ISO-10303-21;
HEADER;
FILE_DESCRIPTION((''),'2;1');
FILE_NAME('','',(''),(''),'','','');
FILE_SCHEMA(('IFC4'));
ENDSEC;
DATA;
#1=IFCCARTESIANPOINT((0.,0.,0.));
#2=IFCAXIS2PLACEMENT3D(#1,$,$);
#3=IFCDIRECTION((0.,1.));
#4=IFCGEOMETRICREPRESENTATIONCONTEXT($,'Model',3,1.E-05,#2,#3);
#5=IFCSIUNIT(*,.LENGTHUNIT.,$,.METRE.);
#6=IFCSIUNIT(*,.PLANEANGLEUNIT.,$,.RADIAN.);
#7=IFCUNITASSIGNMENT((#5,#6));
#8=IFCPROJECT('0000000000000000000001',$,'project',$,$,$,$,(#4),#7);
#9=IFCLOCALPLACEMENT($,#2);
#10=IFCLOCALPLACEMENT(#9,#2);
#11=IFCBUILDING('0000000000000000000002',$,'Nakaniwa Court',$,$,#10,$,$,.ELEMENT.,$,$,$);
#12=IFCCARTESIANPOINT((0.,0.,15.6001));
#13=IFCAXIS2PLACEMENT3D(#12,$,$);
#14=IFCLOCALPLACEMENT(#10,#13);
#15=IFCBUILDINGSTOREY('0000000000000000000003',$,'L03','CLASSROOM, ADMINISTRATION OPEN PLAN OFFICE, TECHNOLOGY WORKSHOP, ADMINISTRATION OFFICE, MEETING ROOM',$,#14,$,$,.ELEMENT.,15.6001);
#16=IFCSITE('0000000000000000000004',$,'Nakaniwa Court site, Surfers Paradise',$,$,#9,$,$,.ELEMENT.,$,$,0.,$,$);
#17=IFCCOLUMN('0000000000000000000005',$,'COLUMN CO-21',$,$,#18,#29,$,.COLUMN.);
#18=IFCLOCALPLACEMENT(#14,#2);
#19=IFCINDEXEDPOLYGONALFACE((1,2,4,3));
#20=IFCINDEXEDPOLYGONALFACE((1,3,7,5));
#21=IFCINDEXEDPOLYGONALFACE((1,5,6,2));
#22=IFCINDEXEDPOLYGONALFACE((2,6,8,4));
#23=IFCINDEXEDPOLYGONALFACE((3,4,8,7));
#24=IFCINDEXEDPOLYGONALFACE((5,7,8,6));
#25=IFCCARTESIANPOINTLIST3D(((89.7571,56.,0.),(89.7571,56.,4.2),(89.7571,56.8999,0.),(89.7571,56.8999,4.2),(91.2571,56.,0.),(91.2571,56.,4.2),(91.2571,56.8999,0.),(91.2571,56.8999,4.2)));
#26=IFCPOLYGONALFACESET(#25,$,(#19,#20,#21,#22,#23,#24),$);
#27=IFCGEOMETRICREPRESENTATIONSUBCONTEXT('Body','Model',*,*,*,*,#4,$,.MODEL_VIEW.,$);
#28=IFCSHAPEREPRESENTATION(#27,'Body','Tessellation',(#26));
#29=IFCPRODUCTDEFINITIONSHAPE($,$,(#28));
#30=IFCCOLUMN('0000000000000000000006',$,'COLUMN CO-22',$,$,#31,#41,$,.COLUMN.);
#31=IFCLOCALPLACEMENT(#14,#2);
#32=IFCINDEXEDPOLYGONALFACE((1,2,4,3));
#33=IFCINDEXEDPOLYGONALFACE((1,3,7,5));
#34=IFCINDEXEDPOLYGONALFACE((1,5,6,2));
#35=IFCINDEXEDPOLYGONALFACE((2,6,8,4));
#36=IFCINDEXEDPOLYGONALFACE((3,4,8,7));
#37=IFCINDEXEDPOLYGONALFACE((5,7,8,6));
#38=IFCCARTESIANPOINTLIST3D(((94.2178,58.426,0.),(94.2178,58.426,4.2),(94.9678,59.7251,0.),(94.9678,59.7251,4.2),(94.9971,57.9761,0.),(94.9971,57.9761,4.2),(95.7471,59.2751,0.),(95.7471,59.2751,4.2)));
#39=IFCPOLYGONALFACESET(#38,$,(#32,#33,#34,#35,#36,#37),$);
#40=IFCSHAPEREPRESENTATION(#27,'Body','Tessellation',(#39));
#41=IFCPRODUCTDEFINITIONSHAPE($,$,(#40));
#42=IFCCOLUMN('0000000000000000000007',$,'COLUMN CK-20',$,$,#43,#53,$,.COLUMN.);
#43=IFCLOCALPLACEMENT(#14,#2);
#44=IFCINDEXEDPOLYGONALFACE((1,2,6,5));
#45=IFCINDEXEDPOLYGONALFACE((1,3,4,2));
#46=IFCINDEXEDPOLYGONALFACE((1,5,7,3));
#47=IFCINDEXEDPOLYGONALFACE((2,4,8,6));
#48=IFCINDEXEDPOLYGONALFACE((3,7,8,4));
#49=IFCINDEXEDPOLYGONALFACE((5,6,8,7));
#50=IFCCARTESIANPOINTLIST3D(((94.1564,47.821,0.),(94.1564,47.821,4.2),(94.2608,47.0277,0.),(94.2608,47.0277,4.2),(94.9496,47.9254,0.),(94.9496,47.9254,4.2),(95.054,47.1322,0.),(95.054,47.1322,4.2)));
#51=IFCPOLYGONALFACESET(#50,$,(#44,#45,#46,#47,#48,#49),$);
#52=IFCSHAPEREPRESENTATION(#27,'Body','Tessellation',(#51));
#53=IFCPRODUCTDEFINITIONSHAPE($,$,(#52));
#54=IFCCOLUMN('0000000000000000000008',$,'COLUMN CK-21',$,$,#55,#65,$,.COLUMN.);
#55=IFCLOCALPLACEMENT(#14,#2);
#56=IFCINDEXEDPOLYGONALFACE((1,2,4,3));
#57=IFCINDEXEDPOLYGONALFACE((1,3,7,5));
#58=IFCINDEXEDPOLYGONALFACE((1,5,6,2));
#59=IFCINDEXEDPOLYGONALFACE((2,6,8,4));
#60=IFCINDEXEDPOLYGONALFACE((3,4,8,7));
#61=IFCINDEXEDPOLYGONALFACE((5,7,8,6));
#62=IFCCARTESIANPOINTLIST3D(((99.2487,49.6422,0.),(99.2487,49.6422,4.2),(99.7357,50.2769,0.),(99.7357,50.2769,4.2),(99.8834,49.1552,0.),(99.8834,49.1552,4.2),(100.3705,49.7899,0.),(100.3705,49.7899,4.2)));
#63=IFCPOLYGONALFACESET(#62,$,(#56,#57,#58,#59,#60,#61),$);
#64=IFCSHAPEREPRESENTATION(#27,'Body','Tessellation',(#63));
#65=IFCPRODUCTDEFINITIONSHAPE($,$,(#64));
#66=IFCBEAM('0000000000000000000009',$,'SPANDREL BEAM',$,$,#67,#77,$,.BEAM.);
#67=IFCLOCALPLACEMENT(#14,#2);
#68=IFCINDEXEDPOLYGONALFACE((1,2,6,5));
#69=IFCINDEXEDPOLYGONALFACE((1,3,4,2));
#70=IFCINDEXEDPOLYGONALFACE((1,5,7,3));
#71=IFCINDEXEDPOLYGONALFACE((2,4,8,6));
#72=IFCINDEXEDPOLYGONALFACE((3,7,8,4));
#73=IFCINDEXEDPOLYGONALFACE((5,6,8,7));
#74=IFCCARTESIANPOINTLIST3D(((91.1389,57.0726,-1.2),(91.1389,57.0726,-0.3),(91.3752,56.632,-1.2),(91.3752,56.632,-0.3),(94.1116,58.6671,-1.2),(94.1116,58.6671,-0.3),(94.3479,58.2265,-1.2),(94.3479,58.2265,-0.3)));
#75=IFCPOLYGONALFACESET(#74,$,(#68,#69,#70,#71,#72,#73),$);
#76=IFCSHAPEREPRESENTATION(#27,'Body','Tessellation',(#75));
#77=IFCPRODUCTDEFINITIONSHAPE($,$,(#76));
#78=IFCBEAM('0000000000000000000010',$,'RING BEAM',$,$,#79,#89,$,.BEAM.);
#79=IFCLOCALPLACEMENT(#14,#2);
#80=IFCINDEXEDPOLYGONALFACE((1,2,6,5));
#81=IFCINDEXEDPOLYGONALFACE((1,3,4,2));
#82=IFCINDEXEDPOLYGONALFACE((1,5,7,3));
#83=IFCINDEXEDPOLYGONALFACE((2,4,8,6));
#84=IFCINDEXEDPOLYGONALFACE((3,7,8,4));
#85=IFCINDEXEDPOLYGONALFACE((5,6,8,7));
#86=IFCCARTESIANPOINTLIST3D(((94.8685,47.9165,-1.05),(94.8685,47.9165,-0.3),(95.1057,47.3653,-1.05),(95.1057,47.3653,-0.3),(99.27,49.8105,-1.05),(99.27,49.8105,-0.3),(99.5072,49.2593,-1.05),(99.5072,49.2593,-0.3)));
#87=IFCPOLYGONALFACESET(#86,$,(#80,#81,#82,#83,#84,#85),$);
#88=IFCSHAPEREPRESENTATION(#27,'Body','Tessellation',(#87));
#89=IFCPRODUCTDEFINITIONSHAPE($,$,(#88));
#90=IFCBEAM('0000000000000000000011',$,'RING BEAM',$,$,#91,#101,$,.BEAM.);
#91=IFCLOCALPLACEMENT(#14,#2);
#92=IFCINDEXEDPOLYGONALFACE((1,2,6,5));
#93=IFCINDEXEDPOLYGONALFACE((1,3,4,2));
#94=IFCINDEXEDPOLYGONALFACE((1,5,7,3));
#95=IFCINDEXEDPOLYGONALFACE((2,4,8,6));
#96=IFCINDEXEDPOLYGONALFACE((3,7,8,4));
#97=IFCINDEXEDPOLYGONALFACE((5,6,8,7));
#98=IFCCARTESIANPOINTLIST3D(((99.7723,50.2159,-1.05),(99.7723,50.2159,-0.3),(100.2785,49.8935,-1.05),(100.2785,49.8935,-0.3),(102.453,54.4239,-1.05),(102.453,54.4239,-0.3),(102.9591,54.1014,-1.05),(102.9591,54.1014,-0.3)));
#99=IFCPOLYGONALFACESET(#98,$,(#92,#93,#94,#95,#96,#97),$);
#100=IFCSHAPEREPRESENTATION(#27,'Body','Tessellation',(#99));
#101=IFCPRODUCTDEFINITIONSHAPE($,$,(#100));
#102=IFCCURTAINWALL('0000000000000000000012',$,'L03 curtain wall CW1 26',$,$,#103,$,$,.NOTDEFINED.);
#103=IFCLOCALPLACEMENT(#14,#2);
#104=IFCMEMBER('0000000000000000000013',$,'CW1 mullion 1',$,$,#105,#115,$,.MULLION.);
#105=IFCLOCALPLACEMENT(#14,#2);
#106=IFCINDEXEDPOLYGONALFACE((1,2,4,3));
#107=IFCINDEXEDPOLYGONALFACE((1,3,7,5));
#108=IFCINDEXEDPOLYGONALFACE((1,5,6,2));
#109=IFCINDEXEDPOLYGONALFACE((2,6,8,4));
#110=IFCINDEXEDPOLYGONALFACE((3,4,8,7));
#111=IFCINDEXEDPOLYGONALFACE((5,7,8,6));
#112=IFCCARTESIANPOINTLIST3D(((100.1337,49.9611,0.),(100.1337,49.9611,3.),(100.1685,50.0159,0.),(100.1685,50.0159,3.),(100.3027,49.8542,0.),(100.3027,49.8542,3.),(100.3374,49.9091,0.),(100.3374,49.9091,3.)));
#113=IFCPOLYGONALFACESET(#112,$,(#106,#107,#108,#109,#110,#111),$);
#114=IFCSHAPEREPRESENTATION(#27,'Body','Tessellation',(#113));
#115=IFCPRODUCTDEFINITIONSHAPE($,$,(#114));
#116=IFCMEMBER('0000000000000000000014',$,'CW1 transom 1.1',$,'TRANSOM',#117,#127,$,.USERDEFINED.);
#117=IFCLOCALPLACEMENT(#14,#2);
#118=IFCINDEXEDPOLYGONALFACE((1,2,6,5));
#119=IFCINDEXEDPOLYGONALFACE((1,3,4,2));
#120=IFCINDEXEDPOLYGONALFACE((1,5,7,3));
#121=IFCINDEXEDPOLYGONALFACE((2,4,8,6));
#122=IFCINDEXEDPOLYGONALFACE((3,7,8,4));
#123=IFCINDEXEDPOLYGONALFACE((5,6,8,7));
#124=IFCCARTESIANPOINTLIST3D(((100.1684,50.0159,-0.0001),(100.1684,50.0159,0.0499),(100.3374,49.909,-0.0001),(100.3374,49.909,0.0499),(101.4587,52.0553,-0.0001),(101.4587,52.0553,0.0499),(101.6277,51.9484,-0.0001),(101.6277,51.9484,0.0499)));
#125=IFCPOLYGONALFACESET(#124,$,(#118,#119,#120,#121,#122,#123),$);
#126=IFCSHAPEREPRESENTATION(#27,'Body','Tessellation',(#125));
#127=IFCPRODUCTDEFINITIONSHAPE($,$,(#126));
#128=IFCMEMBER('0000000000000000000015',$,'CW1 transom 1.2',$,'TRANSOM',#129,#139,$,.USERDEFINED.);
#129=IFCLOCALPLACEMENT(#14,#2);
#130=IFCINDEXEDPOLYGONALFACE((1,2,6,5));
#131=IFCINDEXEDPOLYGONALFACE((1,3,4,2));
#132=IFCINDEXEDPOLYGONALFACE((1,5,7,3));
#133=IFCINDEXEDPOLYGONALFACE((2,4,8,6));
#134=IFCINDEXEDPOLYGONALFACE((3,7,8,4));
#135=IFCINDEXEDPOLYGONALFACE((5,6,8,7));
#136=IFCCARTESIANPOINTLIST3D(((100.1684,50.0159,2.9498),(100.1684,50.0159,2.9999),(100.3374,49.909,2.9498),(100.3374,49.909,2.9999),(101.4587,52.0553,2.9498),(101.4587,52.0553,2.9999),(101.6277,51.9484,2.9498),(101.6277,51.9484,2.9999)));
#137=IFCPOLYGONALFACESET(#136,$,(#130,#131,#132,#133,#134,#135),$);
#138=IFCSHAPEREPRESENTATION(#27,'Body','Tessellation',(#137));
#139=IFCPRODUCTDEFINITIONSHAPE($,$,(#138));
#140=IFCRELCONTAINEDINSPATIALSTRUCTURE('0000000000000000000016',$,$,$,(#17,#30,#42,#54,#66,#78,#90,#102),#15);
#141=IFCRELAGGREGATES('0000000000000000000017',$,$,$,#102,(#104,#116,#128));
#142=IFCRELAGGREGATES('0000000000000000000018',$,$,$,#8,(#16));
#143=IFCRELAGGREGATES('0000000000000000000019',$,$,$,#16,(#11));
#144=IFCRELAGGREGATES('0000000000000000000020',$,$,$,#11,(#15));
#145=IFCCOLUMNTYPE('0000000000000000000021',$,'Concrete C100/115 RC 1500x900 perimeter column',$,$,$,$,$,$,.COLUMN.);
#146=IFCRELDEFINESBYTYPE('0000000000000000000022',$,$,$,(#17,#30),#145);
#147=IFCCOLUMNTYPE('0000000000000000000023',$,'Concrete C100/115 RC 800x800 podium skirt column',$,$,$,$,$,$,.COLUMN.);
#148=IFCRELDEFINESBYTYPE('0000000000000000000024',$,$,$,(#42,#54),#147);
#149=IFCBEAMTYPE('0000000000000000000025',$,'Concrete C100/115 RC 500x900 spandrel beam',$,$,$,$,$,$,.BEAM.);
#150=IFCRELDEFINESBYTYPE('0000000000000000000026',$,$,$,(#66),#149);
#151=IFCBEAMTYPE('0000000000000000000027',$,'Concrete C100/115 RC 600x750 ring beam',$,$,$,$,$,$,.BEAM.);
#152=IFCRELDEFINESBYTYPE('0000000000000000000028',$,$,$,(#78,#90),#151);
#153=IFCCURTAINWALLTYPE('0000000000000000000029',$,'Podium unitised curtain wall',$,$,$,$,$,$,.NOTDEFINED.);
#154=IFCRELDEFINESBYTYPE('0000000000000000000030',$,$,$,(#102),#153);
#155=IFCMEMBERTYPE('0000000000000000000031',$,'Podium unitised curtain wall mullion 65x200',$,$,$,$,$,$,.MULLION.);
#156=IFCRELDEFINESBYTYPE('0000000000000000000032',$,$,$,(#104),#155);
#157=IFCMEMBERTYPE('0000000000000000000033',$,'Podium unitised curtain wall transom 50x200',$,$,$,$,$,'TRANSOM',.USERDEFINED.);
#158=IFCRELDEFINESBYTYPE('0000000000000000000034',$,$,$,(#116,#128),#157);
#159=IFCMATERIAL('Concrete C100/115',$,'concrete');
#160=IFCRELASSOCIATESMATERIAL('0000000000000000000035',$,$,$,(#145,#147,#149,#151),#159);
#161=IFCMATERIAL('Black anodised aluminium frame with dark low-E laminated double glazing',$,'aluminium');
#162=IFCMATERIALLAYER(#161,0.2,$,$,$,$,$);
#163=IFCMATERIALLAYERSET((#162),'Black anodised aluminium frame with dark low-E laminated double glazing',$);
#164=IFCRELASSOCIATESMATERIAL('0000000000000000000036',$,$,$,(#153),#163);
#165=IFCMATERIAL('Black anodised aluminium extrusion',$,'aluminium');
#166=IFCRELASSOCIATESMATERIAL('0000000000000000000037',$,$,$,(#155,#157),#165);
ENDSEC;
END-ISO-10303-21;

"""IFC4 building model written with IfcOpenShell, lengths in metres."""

from ifc_helpers import new_model, si_unit, direction, frame, origin, origin_2d, place, context, subcontext, project, spatial, rectangle, extrude, material, layer, layer_set, material_profile, profile_set, type_object, element, aggregate, save


model = new_model("IFC4")

# Units and contexts
model_context = context("Model", 3, precision=1e-05, world=origin(), true_north=direction((0.0, 1.0)))
body_context = subcontext(model_context, "Body", "Model", "MODEL_VIEW")
ifc_project = project(units=[si_unit("LENGTHUNIT", "METRE"), si_unit("PLANEANGLEUNIT", "RADIAN")], contexts=[model_context])

# Site, building, storey
site_placement = place(None, origin())
site = spatial("IfcSite", under=ifc_project, at=site_placement, Name="Nakaniwa Court site, Surfers Paradise", CompositionType="ELEMENT", RefElevation=0.0)
building_placement = place(site_placement, origin())
building = spatial("IfcBuilding", under=site, at=building_placement, Name="Nakaniwa Court", CompositionType="ELEMENT")
storey_placement = place(building_placement, frame((0.0, 0.0, 15.6001)))
storey = spatial("IfcBuildingStorey", under=building, at=storey_placement, Name="L03", Description="CLASSROOM, ADMINISTRATION OPEN PLAN OFFICE, TECHNOLOGY WORKSHOP, ADMINISTRATION OFFICE, MEETING ROOM", CompositionType="ELEMENT", Elevation=15.6001)

# Columns
ifc_material_1 = material(Name="Concrete C100/115", Category="concrete")
ifc_material_profile_1 = material_profile(ifc_material_1, rectangle(XDim=1.5, YDim=0.8999, at=origin_2d()), Name="Concrete C100/115 RC 1500x900 perimeter column")
ifc_profile_set_1 = profile_set([ifc_material_profile_1], Name="Concrete C100/115")
column_type_1 = type_object("IfcColumnType", Name="Concrete C100/115 RC 1500x900 perimeter column", PredefinedType="COLUMN", material=ifc_profile_set_1)
for number, where, z_axis, x_axis, name in (
    (1, (90.5071, 56.45, 0.0), (0.0, 0.0, 1.0), (1.0, 0.0, 0.0), "COLUMN CO-21"),
    (2, (94.9824, 58.8506, 0.0), (0.0, 0.0, 1.0), (0.5, 0.866025, 0.0), "COLUMN CO-22"),
):
    element("IfcColumn", number, at=place(storey_placement, frame(where, z_axis=z_axis, x_axis=x_axis)), inside=storey, type_object=column_type_1, Name=name, PredefinedType="COLUMN", context=body_context, shape_type="SweptSolid", body=[
        extrude(rectangle(XDim=1.5, YDim=0.8999, at=origin_2d()), origin(), (0.0, 0.0, 1.0), 4.2),
    ])
ifc_material_profile_2 = material_profile(ifc_material_1, rectangle(XDim=0.8, YDim=0.8, at=origin_2d()), Name="Concrete C100/115 RC 800x800 podium skirt column")
ifc_profile_set_2 = profile_set([ifc_material_profile_2], Name="Concrete C100/115")
column_type_2 = type_object("IfcColumnType", Name="Concrete C100/115 RC 800x800 podium skirt column", PredefinedType="COLUMN", material=ifc_profile_set_2)
for number, where, z_axis, x_axis, name in (
    (3, (94.6052, 47.4766, 0.0), (0.0, 0.0, 1.0), (0.991445, 0.130526, 0.0), "COLUMN CK-20"),
    (4, (99.8096, 49.7161, 0.0), (0.0, 0.0, 1.0), (0.608761, 0.793353, 0.0), "COLUMN CK-21"),
):
    element("IfcColumn", number, at=place(storey_placement, frame(where, z_axis=z_axis, x_axis=x_axis)), inside=storey, type_object=column_type_2, Name=name, PredefinedType="COLUMN", context=body_context, shape_type="SweptSolid", body=[
        extrude(rectangle(XDim=0.8, YDim=0.8, at=origin_2d()), origin(), (0.0, 0.0, 1.0), 4.2),
    ])

# Beams
ifc_material_profile_3 = material_profile(ifc_material_1, rectangle(XDim=0.5, YDim=0.8999, at=origin_2d()), Name="Concrete C100/115 RC 500x900 spandrel beam")
ifc_profile_set_3 = profile_set([ifc_material_profile_3], Name="Concrete C100/115")
beam_type_1 = type_object("IfcBeamType", Name="Concrete C100/115 RC 500x900 spandrel beam", PredefinedType="BEAM", material=ifc_profile_set_3)
beam_1_placement = place(storey_placement, frame((91.2571, 56.8523, -0.75), z_axis=(0.881235, 0.472679, 0.0), x_axis=(-0.472679, 0.881235, 0.0)))
element("IfcBeam", 5, at=beam_1_placement, inside=storey, type_object=beam_type_1, Name="SPANDREL BEAM", PredefinedType="BEAM", context=body_context, shape_type="SweptSolid", body=[
    extrude(rectangle(XDim=0.5, YDim=0.8999, at=origin_2d()), origin(), (0.0, 0.0, 1.0), 3.3733),
])
ifc_material_profile_4 = material_profile(ifc_material_1, rectangle(XDim=0.6001, YDim=0.75, at=origin_2d()), Name="Concrete C100/115 RC 600x750 ring beam")
ifc_profile_set_4 = profile_set([ifc_material_profile_4], Name="Concrete C100/115")
beam_type_2 = type_object("IfcBeamType", Name="Concrete C100/115 RC 600x750 ring beam", PredefinedType="BEAM", material=ifc_profile_set_4)
beam_2_placement = place(storey_placement, frame((94.9871, 47.6409, -0.675), z_axis=(0.918567, 0.395266, 0.0), x_axis=(-0.395266, 0.918567, 0.0)))
element("IfcBeam", 6, at=beam_2_placement, inside=storey, type_object=beam_type_2, Name="RING BEAM", PredefinedType="BEAM", context=body_context, shape_type="SweptSolid", body=[
    extrude(rectangle(XDim=0.6001, YDim=0.75, at=origin_2d()), origin(), (0.0, 0.0, 1.0), 4.7917),
])
beam_3_placement = place(storey_placement, frame((100.0254, 50.0547, -0.675), z_axis=(0.537281, 0.843403, 0.0), x_axis=(-0.843403, 0.537281, 0.0)))
element("IfcBeam", 7, at=beam_3_placement, inside=storey, type_object=beam_type_2, Name="RING BEAM", PredefinedType="BEAM", context=body_context, shape_type="SweptSolid", body=[
    extrude(rectangle(XDim=0.6001, YDim=0.75, at=origin_2d()), origin(), (0.0, 0.0, 1.0), 4.9893),
])

# Curtain wall, members
ifc_material_2 = material(Name="Black anodised aluminium frame with dark low-E laminated double glazing", Category="aluminium")
ifc_layer_1 = layer(ifc_material_2, 0.2)
ifc_layer_set_1 = layer_set([ifc_layer_1], Name="Black anodised aluminium frame with dark low-E laminated double glazing")
curtain_wall_type = type_object("IfcCurtainWallType", Name="Podium unitised curtain wall", PredefinedType="NOTDEFINED", material=ifc_layer_set_1)
curtain_wall_placement = place(storey_placement, origin())
curtain_wall = element("IfcCurtainWall", 8, at=curtain_wall_placement, inside=storey, type_object=curtain_wall_type, Name="L03 curtain wall CW1 26", PredefinedType="NOTDEFINED")
ifc_material_3 = material(Name="Black anodised aluminium extrusion", Category="aluminium")
ifc_material_profile_5 = material_profile(ifc_material_3, rectangle(XDim=0.2, YDim=0.0649, at=origin_2d()), Name="Podium unitised curtain wall mullion 65x200")
ifc_profile_set_5 = profile_set([ifc_material_profile_5], Name="Black anodised aluminium extrusion")
member_type_1 = type_object("IfcMemberType", Name="Podium unitised curtain wall mullion 65x200", PredefinedType="MULLION", material=ifc_profile_set_5)
member_1_placement = place(storey_placement, frame((100.2356, 49.9351, 0.0), z_axis=(0.0, 0.0, 1.0), x_axis=(-0.845107, 0.534597, 0.0)))
member_1 = element("IfcMember", 9, at=member_1_placement, type_object=member_type_1, Name="CW1 mullion 1", PredefinedType="MULLION", context=body_context, shape_type="SweptSolid", body=[
    extrude(rectangle(XDim=0.2, YDim=0.0649, at=origin_2d()), origin(), (0.0, 0.0, 1.0), 3.0),
])
ifc_material_profile_6 = material_profile(ifc_material_3, rectangle(XDim=0.2, YDim=0.05, at=origin_2d()), Name="Podium unitised curtain wall transom 50x200")
ifc_profile_set_6 = profile_set([ifc_material_profile_6], Name="Black anodised aluminium extrusion")
member_type_2 = type_object("IfcMemberType", Name="Podium unitised curtain wall transom 50x200", ElementType="TRANSOM", PredefinedType="USERDEFINED", material=ifc_profile_set_6)
member_2_placement = place(storey_placement, frame((100.2529, 49.9624, 0.0249), z_axis=(0.534628, 0.845087, 0.0), x_axis=(-0.845087, 0.534628, 0.0)))
member_2 = element("IfcMember", 10, at=member_2_placement, type_object=member_type_2, Name="CW1 transom 1.1", ObjectType="TRANSOM", PredefinedType="USERDEFINED", context=body_context, shape_type="SweptSolid", body=[
    extrude(rectangle(XDim=0.2, YDim=0.05, at=origin_2d()), origin(), (0.0, 0.0, 1.0), 2.4133),
])
member_3_placement = place(storey_placement, frame((100.2529, 49.9624, 2.9749), z_axis=(0.534628, 0.845087, 0.0), x_axis=(-0.845087, 0.534628, 0.0)))
member_3 = element("IfcMember", 11, at=member_3_placement, type_object=member_type_2, Name="CW1 transom 1.2", ObjectType="TRANSOM", PredefinedType="USERDEFINED", context=body_context, shape_type="SweptSolid", body=[
    extrude(rectangle(XDim=0.2, YDim=0.05, at=origin_2d()), origin(), (0.0, 0.0, 1.0), 2.4133),
])
aggregate(curtain_wall, [member_1, member_2, member_3])

save(model, "model.ifc")
